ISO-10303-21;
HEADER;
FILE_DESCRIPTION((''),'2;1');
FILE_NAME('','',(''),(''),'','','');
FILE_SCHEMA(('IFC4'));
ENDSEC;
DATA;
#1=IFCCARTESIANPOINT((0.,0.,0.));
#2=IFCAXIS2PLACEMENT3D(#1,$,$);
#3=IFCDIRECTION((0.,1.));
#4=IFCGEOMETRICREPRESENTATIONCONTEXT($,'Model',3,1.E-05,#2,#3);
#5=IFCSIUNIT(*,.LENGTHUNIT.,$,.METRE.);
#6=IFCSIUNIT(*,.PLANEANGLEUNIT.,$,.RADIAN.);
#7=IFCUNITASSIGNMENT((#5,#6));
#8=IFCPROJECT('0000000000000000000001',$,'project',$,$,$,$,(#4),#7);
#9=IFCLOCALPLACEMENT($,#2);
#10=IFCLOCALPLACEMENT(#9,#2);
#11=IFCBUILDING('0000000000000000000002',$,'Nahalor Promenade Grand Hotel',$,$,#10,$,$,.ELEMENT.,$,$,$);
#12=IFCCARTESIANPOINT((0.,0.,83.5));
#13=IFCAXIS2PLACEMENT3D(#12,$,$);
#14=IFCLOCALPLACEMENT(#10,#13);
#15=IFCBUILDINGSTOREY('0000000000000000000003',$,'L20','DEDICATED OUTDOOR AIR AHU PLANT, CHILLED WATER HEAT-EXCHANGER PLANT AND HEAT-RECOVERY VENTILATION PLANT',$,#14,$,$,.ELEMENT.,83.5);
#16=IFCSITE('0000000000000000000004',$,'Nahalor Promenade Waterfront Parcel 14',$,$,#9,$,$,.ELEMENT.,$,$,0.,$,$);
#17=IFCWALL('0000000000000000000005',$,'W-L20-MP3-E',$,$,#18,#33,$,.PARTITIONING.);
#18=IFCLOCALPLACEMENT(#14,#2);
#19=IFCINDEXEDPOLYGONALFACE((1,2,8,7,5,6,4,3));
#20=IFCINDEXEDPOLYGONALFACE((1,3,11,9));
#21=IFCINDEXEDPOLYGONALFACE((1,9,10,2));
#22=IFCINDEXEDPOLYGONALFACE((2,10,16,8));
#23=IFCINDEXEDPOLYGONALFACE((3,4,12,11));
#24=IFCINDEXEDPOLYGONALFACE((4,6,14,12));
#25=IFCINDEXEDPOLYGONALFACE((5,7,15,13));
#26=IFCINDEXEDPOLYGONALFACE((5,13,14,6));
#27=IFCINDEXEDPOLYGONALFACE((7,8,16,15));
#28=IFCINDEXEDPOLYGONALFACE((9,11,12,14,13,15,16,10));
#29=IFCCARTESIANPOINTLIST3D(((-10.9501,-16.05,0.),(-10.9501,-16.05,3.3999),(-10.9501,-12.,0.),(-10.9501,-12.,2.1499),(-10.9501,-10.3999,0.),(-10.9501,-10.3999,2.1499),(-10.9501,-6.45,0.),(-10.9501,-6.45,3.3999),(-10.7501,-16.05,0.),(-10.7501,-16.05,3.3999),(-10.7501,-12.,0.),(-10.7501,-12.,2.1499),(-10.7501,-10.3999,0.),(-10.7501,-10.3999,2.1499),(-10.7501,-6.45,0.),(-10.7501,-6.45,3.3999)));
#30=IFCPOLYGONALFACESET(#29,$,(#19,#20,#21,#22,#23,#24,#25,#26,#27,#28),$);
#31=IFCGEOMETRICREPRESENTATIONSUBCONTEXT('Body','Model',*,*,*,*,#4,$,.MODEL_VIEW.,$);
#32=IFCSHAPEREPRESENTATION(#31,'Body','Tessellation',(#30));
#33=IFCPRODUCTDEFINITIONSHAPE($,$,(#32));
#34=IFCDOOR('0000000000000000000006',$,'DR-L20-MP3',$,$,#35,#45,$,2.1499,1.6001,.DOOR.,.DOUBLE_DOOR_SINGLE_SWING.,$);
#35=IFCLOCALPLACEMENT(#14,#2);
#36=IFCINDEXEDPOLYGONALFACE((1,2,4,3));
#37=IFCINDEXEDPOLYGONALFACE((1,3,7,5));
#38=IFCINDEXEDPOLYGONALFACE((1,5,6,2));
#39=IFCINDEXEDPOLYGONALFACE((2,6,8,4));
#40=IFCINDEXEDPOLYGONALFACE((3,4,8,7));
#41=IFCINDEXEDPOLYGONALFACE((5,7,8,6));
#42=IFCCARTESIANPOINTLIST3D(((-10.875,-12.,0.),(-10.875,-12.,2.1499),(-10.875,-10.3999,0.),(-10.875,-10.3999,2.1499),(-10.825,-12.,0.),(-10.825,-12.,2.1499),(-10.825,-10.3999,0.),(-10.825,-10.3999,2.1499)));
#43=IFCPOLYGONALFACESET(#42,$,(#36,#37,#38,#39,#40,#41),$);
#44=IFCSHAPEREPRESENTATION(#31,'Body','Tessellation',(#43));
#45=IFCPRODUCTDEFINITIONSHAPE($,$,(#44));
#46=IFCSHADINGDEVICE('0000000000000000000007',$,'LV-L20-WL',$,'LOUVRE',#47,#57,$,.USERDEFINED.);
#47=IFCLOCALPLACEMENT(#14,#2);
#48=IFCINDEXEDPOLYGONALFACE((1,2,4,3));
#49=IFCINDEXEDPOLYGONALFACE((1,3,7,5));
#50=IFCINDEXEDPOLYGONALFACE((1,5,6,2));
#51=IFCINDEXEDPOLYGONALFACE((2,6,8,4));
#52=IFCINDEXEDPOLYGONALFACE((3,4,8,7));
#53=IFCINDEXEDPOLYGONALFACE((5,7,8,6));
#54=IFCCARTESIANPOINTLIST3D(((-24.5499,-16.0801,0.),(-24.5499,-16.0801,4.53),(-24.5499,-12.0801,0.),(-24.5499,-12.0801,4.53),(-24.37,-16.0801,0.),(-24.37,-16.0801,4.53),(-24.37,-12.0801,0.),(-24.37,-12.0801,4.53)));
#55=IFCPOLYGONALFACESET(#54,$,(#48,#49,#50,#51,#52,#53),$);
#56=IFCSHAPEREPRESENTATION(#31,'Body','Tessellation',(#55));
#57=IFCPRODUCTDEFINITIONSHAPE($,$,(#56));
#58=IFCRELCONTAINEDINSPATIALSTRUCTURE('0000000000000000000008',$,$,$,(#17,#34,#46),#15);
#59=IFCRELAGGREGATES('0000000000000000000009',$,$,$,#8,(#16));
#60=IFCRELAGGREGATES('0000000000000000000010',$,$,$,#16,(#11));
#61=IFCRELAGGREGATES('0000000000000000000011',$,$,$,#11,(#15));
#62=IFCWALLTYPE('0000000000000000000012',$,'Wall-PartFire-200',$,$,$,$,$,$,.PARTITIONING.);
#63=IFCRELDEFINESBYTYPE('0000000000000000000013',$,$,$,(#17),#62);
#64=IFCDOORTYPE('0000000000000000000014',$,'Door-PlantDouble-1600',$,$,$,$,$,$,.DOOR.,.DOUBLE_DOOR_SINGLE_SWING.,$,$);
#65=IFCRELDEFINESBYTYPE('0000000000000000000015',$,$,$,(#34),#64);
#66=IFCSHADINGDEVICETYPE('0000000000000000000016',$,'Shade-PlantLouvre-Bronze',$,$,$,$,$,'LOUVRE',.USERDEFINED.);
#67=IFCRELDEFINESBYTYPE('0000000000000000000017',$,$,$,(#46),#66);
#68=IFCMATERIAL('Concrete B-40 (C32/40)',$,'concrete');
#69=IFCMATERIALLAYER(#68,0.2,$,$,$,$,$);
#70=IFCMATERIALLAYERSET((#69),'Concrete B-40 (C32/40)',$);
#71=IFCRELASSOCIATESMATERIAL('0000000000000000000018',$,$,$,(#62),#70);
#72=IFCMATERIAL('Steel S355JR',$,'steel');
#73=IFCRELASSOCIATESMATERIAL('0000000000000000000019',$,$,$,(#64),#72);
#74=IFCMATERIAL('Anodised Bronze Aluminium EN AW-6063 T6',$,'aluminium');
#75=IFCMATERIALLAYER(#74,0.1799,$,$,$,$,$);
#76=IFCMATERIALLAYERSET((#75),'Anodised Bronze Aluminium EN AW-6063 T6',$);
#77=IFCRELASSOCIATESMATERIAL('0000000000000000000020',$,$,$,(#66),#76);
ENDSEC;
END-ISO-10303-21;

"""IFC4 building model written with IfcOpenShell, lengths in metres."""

from ifc_helpers import new_model, si_unit, direction, frame, frame_2d, origin, origin_2d, place, context, subcontext, project, spatial, rectangle, extrude, source, transform, mapped, material, layer, layer_set, type_object, element, fill, save


model = new_model("IFC4")

# Units and contexts
model_context = context("Model", 3, precision=1e-05, world=origin(), true_north=direction((0.0, 1.0)))
body_context = subcontext(model_context, "Body", "Model", "MODEL_VIEW")
ifc_project = project(units=[si_unit("LENGTHUNIT", "METRE"), si_unit("PLANEANGLEUNIT", "RADIAN")], contexts=[model_context])

# Site, building, storey
site_placement = place(None, origin())
site = spatial("IfcSite", under=ifc_project, at=site_placement, Name="Nahalor Promenade Waterfront Parcel 14", CompositionType="ELEMENT", RefElevation=0.0)
building_placement = place(site_placement, origin())
building = spatial("IfcBuilding", under=site, at=building_placement, Name="Nahalor Promenade Grand Hotel", CompositionType="ELEMENT")
storey_placement = place(building_placement, frame((0.0, 0.0, 83.5)))
storey = spatial("IfcBuildingStorey", under=building, at=storey_placement, Name="L20", Description="DEDICATED OUTDOOR AIR AHU PLANT, CHILLED WATER HEAT-EXCHANGER PLANT AND HEAT-RECOVERY VENTILATION PLANT", CompositionType="ELEMENT", Elevation=83.5)

# Shared definitions
ifc_material_1 = material(Name="Steel S355JR", Category="steel")

# Shared definitions
ifc_material_2 = material(Name="Anodised Bronze Aluminium EN AW-6063 T6", Category="aluminium")

# Shared definitions
ifc_material_3 = material(Name="Concrete B-40 (C32/40)", Category="concrete")
ifc_layer_1 = layer(ifc_material_3, 0.2)
ifc_layer_set_1 = layer_set([ifc_layer_1], Name="Concrete B-40 (C32/40)")
wall_type = type_object("IfcWallType", Name="Wall-PartFire-200", PredefinedType="PARTITIONING", material=ifc_layer_set_1)

# Shared definitions
shared_shape_1 = source(origin(), body_context, "Body", "SweptSolid", [
    extrude(rectangle(XDim=9.6001, YDim=0.2, at=frame_2d((4.8, 0.0))), origin(), (0.0, 0.0, 1.0), 3.3999),
])

# Wall, opening, door
wall_1_placement = place(storey_placement, frame((-10.8501, -16.05, 0.0), z_axis=(0.0, 0.0, 1.0), x_axis=(0.0, 1.0, 0.0)))
wall_1 = element("IfcWall", 1, at=wall_1_placement, inside=storey, type_object=wall_type, Name="W-L20-MP3-E", PredefinedType="PARTITIONING", context=body_context, shape_type="MappedRepresentation", body=[
    mapped(shared_shape_1, transform((0.0, 0.0, 0.0), scale=1.0)),
])
opening_1_placement = place(wall_1_placement, frame((4.05, 0.0, 0.0)))
opening_1 = element("IfcOpeningElement", 2, at=opening_1_placement, cuts=wall_1, PredefinedType="OPENING", context=body_context, shape_type="SweptSolid", body=[
    extrude(rectangle(XDim=1.6001, YDim=2.1499, at=frame_2d((0.8, 1.075))), frame((0.0, 0.1099, 0.0), z_axis=(0.0, -1.0, 0.0), x_axis=(1.0, 0.0, 0.0)), (0.0, 0.0, 1.0), 0.22),
])
door_type_1 = type_object("IfcDoorType", Name="Door-PlantDouble-1600", OperationType="DOUBLE_DOOR_SINGLE_SWING", PredefinedType="DOOR", material=ifc_material_1)
shared_shape_2 = source(origin(), body_context, "Body", "SweptSolid", [
    extrude(rectangle(XDim=1.6001, YDim=2.1499, at=frame_2d((0.8, 1.075))), frame((0.0, 0.0249, 0.0), z_axis=(0.0, -1.0, 0.0), x_axis=(1.0, 0.0, 0.0)), (0.0, 0.0, 1.0), 0.05),
])
door_1_placement = place(opening_1_placement, origin())
door_1 = element("IfcDoor", 3, at=door_1_placement, inside=storey, type_object=door_type_1, Name="DR-L20-MP3", OperationType="DOUBLE_DOOR_SINGLE_SWING", OverallHeight=2.1499, OverallWidth=1.6001, PredefinedType="DOOR", context=body_context, shape_type="MappedRepresentation", body=[
    mapped(shared_shape_2, transform((0.0, 0.0, 0.0), scale=1.0)),
])
fill(opening_1, door_1)

# Shading device
ifc_layer_2 = layer(ifc_material_2, 0.1799)
ifc_layer_set_2 = layer_set([ifc_layer_2], Name="Anodised Bronze Aluminium EN AW-6063 T6")
shading_device_type = type_object("IfcShadingDeviceType", Name="Shade-PlantLouvre-Bronze", ElementType="LOUVRE", PredefinedType="USERDEFINED", material=ifc_layer_set_2)
shared_shape_3 = source(origin(), body_context, "Body", "SweptSolid", [
    extrude(rectangle(XDim=4.0, YDim=0.1799, at=origin_2d()), origin(), (0.0, 0.0, 1.0), 4.53),
])
shading_device_placement = place(storey_placement, frame((-24.46, -14.0801, 0.0), z_axis=(0.0, 0.0, 1.0), x_axis=(0.0, 1.0, 0.0)))
element("IfcShadingDevice", 4, at=shading_device_placement, inside=storey, type_object=shading_device_type, Name="LV-L20-WL", ObjectType="LOUVRE", PredefinedType="USERDEFINED", context=body_context, shape_type="MappedRepresentation", body=[
    mapped(shared_shape_3, transform((0.0, 0.0, 0.0), scale=1.0)),
])

save(model, "model.ifc")
